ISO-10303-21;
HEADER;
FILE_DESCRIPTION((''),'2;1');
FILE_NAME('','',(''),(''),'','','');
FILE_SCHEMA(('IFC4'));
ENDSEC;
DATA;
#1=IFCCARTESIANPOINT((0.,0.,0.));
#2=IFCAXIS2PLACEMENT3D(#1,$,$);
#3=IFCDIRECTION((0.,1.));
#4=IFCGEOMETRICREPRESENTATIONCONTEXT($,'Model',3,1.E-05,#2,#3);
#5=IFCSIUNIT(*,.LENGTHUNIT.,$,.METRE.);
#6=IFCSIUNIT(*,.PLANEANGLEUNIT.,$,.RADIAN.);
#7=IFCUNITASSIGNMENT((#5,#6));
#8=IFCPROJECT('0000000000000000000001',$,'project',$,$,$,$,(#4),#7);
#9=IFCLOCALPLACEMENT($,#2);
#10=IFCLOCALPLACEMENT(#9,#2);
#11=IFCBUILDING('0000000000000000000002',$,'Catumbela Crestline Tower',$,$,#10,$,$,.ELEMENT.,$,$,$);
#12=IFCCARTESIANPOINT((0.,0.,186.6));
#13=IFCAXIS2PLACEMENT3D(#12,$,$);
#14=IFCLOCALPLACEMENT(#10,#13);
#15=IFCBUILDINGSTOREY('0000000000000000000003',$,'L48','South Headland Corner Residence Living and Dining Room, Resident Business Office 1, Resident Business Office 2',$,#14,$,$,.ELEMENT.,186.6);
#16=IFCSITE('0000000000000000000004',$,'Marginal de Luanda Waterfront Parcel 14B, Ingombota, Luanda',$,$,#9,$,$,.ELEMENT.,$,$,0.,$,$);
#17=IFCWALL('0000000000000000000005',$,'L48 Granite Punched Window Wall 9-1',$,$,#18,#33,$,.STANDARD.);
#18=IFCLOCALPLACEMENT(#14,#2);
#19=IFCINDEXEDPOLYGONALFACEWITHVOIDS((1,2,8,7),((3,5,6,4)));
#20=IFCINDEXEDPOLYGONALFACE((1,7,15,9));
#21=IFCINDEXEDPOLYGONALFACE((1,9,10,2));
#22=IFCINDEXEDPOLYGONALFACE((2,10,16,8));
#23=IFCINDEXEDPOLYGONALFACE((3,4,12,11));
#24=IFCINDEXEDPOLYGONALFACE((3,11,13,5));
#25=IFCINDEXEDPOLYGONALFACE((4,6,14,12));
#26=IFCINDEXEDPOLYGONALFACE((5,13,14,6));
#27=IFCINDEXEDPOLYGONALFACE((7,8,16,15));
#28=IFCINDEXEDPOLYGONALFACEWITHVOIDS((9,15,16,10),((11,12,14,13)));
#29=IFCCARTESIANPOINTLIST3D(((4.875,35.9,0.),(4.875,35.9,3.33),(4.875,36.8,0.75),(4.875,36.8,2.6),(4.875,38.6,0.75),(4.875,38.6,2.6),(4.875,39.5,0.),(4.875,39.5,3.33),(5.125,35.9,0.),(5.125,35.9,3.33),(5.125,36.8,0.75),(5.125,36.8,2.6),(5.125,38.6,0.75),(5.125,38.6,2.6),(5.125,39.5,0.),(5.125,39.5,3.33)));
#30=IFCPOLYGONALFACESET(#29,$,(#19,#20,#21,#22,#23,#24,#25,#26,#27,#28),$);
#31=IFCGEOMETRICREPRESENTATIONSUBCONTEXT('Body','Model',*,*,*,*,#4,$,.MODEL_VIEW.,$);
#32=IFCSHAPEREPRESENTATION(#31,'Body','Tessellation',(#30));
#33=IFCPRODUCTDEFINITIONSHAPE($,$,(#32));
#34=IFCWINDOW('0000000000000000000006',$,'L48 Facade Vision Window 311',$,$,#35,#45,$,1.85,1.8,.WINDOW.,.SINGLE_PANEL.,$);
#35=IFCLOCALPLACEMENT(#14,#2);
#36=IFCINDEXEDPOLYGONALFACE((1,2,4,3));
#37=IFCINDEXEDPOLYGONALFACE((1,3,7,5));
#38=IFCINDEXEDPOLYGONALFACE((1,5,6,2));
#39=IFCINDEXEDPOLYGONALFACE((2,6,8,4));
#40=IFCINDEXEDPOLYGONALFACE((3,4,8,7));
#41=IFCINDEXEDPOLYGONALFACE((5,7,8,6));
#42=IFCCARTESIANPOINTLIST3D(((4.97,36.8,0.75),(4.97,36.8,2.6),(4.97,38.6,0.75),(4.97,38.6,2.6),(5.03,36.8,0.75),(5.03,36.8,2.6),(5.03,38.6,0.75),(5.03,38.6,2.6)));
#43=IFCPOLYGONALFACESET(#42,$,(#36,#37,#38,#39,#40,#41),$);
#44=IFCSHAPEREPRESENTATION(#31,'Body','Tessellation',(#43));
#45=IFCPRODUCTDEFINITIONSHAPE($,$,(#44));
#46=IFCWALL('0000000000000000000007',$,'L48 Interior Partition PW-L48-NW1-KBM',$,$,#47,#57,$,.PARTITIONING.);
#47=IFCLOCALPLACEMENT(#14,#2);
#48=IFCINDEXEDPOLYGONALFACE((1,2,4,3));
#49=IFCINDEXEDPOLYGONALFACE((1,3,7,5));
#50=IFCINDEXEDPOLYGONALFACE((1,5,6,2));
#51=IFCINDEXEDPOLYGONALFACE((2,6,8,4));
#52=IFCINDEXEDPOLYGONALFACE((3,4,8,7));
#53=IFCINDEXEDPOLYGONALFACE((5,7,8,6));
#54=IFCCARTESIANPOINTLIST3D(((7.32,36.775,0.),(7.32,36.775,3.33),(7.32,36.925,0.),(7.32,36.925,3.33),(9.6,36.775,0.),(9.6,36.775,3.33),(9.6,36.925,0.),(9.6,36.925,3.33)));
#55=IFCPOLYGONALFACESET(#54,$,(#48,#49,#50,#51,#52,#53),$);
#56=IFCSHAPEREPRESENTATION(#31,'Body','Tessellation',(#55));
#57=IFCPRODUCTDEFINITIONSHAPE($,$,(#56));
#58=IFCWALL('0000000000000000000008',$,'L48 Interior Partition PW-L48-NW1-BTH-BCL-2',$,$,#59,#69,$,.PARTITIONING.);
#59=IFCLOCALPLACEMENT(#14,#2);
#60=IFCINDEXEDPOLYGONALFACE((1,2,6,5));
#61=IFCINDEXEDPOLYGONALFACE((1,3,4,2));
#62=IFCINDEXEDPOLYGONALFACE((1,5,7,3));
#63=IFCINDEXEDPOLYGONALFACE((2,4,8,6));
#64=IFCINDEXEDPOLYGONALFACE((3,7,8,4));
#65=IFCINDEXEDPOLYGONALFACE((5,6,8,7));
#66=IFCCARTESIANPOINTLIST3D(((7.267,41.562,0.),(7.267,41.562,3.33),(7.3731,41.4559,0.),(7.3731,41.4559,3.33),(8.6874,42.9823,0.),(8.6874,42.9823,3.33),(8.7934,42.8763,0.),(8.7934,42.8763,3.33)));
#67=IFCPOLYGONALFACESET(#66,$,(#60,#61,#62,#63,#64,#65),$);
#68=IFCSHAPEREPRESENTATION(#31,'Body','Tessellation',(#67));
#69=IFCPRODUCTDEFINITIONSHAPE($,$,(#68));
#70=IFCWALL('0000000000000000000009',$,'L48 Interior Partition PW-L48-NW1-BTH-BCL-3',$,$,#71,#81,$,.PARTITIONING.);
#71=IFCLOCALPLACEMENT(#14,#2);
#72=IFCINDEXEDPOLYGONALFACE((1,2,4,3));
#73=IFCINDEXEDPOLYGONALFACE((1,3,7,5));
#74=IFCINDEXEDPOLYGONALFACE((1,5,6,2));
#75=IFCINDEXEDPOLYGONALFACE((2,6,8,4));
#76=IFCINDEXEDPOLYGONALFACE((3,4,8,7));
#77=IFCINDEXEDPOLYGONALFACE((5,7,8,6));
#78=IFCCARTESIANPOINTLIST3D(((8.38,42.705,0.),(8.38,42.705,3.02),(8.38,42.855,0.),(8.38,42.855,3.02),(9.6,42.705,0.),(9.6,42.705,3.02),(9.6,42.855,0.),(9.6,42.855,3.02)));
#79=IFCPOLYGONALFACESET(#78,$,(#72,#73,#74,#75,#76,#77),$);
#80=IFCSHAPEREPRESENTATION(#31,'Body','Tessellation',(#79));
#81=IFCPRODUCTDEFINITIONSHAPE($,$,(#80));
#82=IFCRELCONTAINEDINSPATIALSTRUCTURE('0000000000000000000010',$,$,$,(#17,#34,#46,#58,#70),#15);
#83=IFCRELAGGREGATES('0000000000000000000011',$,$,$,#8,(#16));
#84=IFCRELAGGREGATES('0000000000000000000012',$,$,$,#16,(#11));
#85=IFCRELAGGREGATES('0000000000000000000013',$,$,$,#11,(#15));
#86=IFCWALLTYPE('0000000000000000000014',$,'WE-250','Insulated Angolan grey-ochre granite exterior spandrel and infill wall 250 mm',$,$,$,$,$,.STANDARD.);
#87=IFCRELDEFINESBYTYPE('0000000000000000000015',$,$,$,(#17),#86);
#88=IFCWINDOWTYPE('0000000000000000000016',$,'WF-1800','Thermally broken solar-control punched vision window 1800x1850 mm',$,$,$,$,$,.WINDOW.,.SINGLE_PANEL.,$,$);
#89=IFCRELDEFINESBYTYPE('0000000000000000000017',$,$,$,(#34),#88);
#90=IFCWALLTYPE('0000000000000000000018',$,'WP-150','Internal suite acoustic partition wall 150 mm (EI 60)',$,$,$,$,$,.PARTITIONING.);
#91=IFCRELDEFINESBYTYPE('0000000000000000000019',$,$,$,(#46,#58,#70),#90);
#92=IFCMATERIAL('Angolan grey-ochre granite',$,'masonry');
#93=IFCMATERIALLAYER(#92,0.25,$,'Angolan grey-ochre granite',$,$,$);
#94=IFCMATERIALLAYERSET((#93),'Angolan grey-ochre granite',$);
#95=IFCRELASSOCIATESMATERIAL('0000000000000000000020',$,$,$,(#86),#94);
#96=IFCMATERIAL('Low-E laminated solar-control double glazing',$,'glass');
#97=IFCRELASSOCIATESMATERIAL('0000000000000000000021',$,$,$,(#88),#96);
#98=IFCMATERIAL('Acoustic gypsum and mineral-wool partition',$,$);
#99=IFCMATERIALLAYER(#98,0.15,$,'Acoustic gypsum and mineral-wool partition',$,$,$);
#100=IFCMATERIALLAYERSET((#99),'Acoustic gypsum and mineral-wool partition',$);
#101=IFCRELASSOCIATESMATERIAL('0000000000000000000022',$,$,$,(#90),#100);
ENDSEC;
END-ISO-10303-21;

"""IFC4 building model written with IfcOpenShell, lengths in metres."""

from ifc_helpers import new_model, si_unit, direction, frame, frame_2d, origin, place, context, subcontext, project, spatial, rectangle, extrude, material, layer, layer_set, type_object, element, fill, save


model = new_model("IFC4")

# Units and contexts
model_context = context("Model", 3, precision=1e-05, world=origin(), true_north=direction((0.0, 1.0)))
body_context = subcontext(model_context, "Body", "Model", "MODEL_VIEW")
ifc_project = project(units=[si_unit("LENGTHUNIT", "METRE"), si_unit("PLANEANGLEUNIT", "RADIAN")], contexts=[model_context])

# Site, building, storey
site_placement = place(None, origin())
site = spatial("IfcSite", under=ifc_project, at=site_placement, Name="Marginal de Luanda Waterfront Parcel 14B, Ingombota, Luanda", CompositionType="ELEMENT", RefElevation=0.0)
building_placement = place(site_placement, origin())
building = spatial("IfcBuilding", under=site, at=building_placement, Name="Catumbela Crestline Tower", CompositionType="ELEMENT")
storey_placement = place(building_placement, frame((0.0, 0.0, 186.6)))
storey = spatial("IfcBuildingStorey", under=building, at=storey_placement, Name="L48", Description="South Headland Corner Residence Living and Dining Room, Resident Business Office 1, Resident Business Office 2", CompositionType="ELEMENT", Elevation=186.6)

# Shared definitions
ifc_material_1 = material(Name="Low-E laminated solar-control double glazing", Category="glass")

# Shared definitions
ifc_material_2 = material(Name="Angolan grey-ochre granite", Category="masonry")
ifc_layer_1 = layer(ifc_material_2, 0.25, Name="Angolan grey-ochre granite")
ifc_layer_set_1 = layer_set([ifc_layer_1], Name="Angolan grey-ochre granite")
wall_type_1 = type_object("IfcWallType", Name="WE-250", Description="Insulated Angolan grey-ochre granite exterior spandrel and infill wall 250 mm", PredefinedType="STANDARD", material=ifc_layer_set_1)

# Wall, opening, window
wall_1_placement = place(storey_placement, frame((5.0, 39.5, 0.0), z_axis=(0.0, 0.0, 1.0), x_axis=(0.0, -1.0, 0.0)))
wall_1 = element("IfcWall", 1, at=wall_1_placement, inside=storey, type_object=wall_type_1, Name="L48 Granite Punched Window Wall 9-1", PredefinedType="STANDARD", context=body_context, shape_type="SweptSolid", body=[
    extrude(rectangle(XDim=3.6, YDim=0.25, at=frame_2d((1.8, 0.0))), origin(), (0.0, 0.0, 1.0), 3.33),
])
opening_1_placement = place(wall_1_placement, frame((0.9, 0.0, 0.75)))
opening_1 = element("IfcOpeningElement", 2, at=opening_1_placement, cuts=wall_1, PredefinedType="OPENING", context=body_context, shape_type="SweptSolid", body=[
    extrude(rectangle(XDim=1.8, YDim=1.85, at=frame_2d((0.9, 0.925))), frame((0.0, 0.135, 0.0), z_axis=(0.0, -1.0, 0.0), x_axis=(1.0, 0.0, 0.0)), (0.0, 0.0, 1.0), 0.27),
])
window_type_1 = type_object("IfcWindowType", Name="WF-1800", Description="Thermally broken solar-control punched vision window 1800x1850 mm", PartitioningType="SINGLE_PANEL", PredefinedType="WINDOW", material=ifc_material_1)
window_1_placement = place(opening_1_placement, origin())
window_1 = element("IfcWindow", 3, at=window_1_placement, inside=storey, type_object=window_type_1, Name="L48 Facade Vision Window 311", OverallHeight=1.85, OverallWidth=1.8, PartitioningType="SINGLE_PANEL", PredefinedType="WINDOW", context=body_context, shape_type="SweptSolid", body=[
    extrude(rectangle(XDim=1.8, YDim=1.85, at=frame_2d((0.9, 0.925))), frame((0.0, 0.03, 0.0), z_axis=(0.0, -1.0, 0.0), x_axis=(1.0, 0.0, 0.0)), (0.0, 0.0, 1.0), 0.06),
])
fill(opening_1, window_1)

# Walls
ifc_material_3 = material(Name="Acoustic gypsum and mineral-wool partition")
ifc_layer_2 = layer(ifc_material_3, 0.15, Name="Acoustic gypsum and mineral-wool partition")
ifc_layer_set_2 = layer_set([ifc_layer_2], Name="Acoustic gypsum and mineral-wool partition")
wall_type_2 = type_object("IfcWallType", Name="WP-150", Description="Internal suite acoustic partition wall 150 mm (EI 60)", PredefinedType="PARTITIONING", material=ifc_layer_set_2)
wall_2_placement = place(storey_placement, frame((7.32, 36.85, 0.0), z_axis=(0.0, 0.0, 1.0), x_axis=(1.0, 0.0, 0.0)))
element("IfcWall", 4, at=wall_2_placement, inside=storey, type_object=wall_type_2, Name="L48 Interior Partition PW-L48-NW1-KBM", PredefinedType="PARTITIONING", context=body_context, shape_type="SweptSolid", body=[
    extrude(rectangle(XDim=2.28, YDim=0.15, at=frame_2d((1.14, 0.0))), origin(), (0.0, 0.0, 1.0), 3.33),
])
wall_3_placement = place(storey_placement, frame((7.32, 41.5089, 0.0), z_axis=(0.0, 0.0, 1.0), x_axis=(0.707107, 0.707107, 0.0)))
element("IfcWall", 5, at=wall_3_placement, inside=storey, type_object=wall_type_2, Name="L48 Interior Partition PW-L48-NW1-BTH-BCL-2", PredefinedType="PARTITIONING", context=body_context, shape_type="SweptSolid", body=[
    extrude(rectangle(XDim=2.0087, YDim=0.15, at=frame_2d((1.0044, 0.0))), origin(), (0.0, 0.0, 1.0), 3.33),
])
wall_4_placement = place(storey_placement, frame((8.38, 42.78, 0.0), z_axis=(0.0, 0.0, 1.0), x_axis=(1.0, 0.0, 0.0)))
element("IfcWall", 6, at=wall_4_placement, inside=storey, type_object=wall_type_2, Name="L48 Interior Partition PW-L48-NW1-BTH-BCL-3", PredefinedType="PARTITIONING", context=body_context, shape_type="SweptSolid", body=[
    extrude(rectangle(XDim=1.22, YDim=0.15, at=frame_2d((0.61, 0.0))), origin(), (0.0, 0.0, 1.0), 3.02),
])

save(model, "model.ifc")
